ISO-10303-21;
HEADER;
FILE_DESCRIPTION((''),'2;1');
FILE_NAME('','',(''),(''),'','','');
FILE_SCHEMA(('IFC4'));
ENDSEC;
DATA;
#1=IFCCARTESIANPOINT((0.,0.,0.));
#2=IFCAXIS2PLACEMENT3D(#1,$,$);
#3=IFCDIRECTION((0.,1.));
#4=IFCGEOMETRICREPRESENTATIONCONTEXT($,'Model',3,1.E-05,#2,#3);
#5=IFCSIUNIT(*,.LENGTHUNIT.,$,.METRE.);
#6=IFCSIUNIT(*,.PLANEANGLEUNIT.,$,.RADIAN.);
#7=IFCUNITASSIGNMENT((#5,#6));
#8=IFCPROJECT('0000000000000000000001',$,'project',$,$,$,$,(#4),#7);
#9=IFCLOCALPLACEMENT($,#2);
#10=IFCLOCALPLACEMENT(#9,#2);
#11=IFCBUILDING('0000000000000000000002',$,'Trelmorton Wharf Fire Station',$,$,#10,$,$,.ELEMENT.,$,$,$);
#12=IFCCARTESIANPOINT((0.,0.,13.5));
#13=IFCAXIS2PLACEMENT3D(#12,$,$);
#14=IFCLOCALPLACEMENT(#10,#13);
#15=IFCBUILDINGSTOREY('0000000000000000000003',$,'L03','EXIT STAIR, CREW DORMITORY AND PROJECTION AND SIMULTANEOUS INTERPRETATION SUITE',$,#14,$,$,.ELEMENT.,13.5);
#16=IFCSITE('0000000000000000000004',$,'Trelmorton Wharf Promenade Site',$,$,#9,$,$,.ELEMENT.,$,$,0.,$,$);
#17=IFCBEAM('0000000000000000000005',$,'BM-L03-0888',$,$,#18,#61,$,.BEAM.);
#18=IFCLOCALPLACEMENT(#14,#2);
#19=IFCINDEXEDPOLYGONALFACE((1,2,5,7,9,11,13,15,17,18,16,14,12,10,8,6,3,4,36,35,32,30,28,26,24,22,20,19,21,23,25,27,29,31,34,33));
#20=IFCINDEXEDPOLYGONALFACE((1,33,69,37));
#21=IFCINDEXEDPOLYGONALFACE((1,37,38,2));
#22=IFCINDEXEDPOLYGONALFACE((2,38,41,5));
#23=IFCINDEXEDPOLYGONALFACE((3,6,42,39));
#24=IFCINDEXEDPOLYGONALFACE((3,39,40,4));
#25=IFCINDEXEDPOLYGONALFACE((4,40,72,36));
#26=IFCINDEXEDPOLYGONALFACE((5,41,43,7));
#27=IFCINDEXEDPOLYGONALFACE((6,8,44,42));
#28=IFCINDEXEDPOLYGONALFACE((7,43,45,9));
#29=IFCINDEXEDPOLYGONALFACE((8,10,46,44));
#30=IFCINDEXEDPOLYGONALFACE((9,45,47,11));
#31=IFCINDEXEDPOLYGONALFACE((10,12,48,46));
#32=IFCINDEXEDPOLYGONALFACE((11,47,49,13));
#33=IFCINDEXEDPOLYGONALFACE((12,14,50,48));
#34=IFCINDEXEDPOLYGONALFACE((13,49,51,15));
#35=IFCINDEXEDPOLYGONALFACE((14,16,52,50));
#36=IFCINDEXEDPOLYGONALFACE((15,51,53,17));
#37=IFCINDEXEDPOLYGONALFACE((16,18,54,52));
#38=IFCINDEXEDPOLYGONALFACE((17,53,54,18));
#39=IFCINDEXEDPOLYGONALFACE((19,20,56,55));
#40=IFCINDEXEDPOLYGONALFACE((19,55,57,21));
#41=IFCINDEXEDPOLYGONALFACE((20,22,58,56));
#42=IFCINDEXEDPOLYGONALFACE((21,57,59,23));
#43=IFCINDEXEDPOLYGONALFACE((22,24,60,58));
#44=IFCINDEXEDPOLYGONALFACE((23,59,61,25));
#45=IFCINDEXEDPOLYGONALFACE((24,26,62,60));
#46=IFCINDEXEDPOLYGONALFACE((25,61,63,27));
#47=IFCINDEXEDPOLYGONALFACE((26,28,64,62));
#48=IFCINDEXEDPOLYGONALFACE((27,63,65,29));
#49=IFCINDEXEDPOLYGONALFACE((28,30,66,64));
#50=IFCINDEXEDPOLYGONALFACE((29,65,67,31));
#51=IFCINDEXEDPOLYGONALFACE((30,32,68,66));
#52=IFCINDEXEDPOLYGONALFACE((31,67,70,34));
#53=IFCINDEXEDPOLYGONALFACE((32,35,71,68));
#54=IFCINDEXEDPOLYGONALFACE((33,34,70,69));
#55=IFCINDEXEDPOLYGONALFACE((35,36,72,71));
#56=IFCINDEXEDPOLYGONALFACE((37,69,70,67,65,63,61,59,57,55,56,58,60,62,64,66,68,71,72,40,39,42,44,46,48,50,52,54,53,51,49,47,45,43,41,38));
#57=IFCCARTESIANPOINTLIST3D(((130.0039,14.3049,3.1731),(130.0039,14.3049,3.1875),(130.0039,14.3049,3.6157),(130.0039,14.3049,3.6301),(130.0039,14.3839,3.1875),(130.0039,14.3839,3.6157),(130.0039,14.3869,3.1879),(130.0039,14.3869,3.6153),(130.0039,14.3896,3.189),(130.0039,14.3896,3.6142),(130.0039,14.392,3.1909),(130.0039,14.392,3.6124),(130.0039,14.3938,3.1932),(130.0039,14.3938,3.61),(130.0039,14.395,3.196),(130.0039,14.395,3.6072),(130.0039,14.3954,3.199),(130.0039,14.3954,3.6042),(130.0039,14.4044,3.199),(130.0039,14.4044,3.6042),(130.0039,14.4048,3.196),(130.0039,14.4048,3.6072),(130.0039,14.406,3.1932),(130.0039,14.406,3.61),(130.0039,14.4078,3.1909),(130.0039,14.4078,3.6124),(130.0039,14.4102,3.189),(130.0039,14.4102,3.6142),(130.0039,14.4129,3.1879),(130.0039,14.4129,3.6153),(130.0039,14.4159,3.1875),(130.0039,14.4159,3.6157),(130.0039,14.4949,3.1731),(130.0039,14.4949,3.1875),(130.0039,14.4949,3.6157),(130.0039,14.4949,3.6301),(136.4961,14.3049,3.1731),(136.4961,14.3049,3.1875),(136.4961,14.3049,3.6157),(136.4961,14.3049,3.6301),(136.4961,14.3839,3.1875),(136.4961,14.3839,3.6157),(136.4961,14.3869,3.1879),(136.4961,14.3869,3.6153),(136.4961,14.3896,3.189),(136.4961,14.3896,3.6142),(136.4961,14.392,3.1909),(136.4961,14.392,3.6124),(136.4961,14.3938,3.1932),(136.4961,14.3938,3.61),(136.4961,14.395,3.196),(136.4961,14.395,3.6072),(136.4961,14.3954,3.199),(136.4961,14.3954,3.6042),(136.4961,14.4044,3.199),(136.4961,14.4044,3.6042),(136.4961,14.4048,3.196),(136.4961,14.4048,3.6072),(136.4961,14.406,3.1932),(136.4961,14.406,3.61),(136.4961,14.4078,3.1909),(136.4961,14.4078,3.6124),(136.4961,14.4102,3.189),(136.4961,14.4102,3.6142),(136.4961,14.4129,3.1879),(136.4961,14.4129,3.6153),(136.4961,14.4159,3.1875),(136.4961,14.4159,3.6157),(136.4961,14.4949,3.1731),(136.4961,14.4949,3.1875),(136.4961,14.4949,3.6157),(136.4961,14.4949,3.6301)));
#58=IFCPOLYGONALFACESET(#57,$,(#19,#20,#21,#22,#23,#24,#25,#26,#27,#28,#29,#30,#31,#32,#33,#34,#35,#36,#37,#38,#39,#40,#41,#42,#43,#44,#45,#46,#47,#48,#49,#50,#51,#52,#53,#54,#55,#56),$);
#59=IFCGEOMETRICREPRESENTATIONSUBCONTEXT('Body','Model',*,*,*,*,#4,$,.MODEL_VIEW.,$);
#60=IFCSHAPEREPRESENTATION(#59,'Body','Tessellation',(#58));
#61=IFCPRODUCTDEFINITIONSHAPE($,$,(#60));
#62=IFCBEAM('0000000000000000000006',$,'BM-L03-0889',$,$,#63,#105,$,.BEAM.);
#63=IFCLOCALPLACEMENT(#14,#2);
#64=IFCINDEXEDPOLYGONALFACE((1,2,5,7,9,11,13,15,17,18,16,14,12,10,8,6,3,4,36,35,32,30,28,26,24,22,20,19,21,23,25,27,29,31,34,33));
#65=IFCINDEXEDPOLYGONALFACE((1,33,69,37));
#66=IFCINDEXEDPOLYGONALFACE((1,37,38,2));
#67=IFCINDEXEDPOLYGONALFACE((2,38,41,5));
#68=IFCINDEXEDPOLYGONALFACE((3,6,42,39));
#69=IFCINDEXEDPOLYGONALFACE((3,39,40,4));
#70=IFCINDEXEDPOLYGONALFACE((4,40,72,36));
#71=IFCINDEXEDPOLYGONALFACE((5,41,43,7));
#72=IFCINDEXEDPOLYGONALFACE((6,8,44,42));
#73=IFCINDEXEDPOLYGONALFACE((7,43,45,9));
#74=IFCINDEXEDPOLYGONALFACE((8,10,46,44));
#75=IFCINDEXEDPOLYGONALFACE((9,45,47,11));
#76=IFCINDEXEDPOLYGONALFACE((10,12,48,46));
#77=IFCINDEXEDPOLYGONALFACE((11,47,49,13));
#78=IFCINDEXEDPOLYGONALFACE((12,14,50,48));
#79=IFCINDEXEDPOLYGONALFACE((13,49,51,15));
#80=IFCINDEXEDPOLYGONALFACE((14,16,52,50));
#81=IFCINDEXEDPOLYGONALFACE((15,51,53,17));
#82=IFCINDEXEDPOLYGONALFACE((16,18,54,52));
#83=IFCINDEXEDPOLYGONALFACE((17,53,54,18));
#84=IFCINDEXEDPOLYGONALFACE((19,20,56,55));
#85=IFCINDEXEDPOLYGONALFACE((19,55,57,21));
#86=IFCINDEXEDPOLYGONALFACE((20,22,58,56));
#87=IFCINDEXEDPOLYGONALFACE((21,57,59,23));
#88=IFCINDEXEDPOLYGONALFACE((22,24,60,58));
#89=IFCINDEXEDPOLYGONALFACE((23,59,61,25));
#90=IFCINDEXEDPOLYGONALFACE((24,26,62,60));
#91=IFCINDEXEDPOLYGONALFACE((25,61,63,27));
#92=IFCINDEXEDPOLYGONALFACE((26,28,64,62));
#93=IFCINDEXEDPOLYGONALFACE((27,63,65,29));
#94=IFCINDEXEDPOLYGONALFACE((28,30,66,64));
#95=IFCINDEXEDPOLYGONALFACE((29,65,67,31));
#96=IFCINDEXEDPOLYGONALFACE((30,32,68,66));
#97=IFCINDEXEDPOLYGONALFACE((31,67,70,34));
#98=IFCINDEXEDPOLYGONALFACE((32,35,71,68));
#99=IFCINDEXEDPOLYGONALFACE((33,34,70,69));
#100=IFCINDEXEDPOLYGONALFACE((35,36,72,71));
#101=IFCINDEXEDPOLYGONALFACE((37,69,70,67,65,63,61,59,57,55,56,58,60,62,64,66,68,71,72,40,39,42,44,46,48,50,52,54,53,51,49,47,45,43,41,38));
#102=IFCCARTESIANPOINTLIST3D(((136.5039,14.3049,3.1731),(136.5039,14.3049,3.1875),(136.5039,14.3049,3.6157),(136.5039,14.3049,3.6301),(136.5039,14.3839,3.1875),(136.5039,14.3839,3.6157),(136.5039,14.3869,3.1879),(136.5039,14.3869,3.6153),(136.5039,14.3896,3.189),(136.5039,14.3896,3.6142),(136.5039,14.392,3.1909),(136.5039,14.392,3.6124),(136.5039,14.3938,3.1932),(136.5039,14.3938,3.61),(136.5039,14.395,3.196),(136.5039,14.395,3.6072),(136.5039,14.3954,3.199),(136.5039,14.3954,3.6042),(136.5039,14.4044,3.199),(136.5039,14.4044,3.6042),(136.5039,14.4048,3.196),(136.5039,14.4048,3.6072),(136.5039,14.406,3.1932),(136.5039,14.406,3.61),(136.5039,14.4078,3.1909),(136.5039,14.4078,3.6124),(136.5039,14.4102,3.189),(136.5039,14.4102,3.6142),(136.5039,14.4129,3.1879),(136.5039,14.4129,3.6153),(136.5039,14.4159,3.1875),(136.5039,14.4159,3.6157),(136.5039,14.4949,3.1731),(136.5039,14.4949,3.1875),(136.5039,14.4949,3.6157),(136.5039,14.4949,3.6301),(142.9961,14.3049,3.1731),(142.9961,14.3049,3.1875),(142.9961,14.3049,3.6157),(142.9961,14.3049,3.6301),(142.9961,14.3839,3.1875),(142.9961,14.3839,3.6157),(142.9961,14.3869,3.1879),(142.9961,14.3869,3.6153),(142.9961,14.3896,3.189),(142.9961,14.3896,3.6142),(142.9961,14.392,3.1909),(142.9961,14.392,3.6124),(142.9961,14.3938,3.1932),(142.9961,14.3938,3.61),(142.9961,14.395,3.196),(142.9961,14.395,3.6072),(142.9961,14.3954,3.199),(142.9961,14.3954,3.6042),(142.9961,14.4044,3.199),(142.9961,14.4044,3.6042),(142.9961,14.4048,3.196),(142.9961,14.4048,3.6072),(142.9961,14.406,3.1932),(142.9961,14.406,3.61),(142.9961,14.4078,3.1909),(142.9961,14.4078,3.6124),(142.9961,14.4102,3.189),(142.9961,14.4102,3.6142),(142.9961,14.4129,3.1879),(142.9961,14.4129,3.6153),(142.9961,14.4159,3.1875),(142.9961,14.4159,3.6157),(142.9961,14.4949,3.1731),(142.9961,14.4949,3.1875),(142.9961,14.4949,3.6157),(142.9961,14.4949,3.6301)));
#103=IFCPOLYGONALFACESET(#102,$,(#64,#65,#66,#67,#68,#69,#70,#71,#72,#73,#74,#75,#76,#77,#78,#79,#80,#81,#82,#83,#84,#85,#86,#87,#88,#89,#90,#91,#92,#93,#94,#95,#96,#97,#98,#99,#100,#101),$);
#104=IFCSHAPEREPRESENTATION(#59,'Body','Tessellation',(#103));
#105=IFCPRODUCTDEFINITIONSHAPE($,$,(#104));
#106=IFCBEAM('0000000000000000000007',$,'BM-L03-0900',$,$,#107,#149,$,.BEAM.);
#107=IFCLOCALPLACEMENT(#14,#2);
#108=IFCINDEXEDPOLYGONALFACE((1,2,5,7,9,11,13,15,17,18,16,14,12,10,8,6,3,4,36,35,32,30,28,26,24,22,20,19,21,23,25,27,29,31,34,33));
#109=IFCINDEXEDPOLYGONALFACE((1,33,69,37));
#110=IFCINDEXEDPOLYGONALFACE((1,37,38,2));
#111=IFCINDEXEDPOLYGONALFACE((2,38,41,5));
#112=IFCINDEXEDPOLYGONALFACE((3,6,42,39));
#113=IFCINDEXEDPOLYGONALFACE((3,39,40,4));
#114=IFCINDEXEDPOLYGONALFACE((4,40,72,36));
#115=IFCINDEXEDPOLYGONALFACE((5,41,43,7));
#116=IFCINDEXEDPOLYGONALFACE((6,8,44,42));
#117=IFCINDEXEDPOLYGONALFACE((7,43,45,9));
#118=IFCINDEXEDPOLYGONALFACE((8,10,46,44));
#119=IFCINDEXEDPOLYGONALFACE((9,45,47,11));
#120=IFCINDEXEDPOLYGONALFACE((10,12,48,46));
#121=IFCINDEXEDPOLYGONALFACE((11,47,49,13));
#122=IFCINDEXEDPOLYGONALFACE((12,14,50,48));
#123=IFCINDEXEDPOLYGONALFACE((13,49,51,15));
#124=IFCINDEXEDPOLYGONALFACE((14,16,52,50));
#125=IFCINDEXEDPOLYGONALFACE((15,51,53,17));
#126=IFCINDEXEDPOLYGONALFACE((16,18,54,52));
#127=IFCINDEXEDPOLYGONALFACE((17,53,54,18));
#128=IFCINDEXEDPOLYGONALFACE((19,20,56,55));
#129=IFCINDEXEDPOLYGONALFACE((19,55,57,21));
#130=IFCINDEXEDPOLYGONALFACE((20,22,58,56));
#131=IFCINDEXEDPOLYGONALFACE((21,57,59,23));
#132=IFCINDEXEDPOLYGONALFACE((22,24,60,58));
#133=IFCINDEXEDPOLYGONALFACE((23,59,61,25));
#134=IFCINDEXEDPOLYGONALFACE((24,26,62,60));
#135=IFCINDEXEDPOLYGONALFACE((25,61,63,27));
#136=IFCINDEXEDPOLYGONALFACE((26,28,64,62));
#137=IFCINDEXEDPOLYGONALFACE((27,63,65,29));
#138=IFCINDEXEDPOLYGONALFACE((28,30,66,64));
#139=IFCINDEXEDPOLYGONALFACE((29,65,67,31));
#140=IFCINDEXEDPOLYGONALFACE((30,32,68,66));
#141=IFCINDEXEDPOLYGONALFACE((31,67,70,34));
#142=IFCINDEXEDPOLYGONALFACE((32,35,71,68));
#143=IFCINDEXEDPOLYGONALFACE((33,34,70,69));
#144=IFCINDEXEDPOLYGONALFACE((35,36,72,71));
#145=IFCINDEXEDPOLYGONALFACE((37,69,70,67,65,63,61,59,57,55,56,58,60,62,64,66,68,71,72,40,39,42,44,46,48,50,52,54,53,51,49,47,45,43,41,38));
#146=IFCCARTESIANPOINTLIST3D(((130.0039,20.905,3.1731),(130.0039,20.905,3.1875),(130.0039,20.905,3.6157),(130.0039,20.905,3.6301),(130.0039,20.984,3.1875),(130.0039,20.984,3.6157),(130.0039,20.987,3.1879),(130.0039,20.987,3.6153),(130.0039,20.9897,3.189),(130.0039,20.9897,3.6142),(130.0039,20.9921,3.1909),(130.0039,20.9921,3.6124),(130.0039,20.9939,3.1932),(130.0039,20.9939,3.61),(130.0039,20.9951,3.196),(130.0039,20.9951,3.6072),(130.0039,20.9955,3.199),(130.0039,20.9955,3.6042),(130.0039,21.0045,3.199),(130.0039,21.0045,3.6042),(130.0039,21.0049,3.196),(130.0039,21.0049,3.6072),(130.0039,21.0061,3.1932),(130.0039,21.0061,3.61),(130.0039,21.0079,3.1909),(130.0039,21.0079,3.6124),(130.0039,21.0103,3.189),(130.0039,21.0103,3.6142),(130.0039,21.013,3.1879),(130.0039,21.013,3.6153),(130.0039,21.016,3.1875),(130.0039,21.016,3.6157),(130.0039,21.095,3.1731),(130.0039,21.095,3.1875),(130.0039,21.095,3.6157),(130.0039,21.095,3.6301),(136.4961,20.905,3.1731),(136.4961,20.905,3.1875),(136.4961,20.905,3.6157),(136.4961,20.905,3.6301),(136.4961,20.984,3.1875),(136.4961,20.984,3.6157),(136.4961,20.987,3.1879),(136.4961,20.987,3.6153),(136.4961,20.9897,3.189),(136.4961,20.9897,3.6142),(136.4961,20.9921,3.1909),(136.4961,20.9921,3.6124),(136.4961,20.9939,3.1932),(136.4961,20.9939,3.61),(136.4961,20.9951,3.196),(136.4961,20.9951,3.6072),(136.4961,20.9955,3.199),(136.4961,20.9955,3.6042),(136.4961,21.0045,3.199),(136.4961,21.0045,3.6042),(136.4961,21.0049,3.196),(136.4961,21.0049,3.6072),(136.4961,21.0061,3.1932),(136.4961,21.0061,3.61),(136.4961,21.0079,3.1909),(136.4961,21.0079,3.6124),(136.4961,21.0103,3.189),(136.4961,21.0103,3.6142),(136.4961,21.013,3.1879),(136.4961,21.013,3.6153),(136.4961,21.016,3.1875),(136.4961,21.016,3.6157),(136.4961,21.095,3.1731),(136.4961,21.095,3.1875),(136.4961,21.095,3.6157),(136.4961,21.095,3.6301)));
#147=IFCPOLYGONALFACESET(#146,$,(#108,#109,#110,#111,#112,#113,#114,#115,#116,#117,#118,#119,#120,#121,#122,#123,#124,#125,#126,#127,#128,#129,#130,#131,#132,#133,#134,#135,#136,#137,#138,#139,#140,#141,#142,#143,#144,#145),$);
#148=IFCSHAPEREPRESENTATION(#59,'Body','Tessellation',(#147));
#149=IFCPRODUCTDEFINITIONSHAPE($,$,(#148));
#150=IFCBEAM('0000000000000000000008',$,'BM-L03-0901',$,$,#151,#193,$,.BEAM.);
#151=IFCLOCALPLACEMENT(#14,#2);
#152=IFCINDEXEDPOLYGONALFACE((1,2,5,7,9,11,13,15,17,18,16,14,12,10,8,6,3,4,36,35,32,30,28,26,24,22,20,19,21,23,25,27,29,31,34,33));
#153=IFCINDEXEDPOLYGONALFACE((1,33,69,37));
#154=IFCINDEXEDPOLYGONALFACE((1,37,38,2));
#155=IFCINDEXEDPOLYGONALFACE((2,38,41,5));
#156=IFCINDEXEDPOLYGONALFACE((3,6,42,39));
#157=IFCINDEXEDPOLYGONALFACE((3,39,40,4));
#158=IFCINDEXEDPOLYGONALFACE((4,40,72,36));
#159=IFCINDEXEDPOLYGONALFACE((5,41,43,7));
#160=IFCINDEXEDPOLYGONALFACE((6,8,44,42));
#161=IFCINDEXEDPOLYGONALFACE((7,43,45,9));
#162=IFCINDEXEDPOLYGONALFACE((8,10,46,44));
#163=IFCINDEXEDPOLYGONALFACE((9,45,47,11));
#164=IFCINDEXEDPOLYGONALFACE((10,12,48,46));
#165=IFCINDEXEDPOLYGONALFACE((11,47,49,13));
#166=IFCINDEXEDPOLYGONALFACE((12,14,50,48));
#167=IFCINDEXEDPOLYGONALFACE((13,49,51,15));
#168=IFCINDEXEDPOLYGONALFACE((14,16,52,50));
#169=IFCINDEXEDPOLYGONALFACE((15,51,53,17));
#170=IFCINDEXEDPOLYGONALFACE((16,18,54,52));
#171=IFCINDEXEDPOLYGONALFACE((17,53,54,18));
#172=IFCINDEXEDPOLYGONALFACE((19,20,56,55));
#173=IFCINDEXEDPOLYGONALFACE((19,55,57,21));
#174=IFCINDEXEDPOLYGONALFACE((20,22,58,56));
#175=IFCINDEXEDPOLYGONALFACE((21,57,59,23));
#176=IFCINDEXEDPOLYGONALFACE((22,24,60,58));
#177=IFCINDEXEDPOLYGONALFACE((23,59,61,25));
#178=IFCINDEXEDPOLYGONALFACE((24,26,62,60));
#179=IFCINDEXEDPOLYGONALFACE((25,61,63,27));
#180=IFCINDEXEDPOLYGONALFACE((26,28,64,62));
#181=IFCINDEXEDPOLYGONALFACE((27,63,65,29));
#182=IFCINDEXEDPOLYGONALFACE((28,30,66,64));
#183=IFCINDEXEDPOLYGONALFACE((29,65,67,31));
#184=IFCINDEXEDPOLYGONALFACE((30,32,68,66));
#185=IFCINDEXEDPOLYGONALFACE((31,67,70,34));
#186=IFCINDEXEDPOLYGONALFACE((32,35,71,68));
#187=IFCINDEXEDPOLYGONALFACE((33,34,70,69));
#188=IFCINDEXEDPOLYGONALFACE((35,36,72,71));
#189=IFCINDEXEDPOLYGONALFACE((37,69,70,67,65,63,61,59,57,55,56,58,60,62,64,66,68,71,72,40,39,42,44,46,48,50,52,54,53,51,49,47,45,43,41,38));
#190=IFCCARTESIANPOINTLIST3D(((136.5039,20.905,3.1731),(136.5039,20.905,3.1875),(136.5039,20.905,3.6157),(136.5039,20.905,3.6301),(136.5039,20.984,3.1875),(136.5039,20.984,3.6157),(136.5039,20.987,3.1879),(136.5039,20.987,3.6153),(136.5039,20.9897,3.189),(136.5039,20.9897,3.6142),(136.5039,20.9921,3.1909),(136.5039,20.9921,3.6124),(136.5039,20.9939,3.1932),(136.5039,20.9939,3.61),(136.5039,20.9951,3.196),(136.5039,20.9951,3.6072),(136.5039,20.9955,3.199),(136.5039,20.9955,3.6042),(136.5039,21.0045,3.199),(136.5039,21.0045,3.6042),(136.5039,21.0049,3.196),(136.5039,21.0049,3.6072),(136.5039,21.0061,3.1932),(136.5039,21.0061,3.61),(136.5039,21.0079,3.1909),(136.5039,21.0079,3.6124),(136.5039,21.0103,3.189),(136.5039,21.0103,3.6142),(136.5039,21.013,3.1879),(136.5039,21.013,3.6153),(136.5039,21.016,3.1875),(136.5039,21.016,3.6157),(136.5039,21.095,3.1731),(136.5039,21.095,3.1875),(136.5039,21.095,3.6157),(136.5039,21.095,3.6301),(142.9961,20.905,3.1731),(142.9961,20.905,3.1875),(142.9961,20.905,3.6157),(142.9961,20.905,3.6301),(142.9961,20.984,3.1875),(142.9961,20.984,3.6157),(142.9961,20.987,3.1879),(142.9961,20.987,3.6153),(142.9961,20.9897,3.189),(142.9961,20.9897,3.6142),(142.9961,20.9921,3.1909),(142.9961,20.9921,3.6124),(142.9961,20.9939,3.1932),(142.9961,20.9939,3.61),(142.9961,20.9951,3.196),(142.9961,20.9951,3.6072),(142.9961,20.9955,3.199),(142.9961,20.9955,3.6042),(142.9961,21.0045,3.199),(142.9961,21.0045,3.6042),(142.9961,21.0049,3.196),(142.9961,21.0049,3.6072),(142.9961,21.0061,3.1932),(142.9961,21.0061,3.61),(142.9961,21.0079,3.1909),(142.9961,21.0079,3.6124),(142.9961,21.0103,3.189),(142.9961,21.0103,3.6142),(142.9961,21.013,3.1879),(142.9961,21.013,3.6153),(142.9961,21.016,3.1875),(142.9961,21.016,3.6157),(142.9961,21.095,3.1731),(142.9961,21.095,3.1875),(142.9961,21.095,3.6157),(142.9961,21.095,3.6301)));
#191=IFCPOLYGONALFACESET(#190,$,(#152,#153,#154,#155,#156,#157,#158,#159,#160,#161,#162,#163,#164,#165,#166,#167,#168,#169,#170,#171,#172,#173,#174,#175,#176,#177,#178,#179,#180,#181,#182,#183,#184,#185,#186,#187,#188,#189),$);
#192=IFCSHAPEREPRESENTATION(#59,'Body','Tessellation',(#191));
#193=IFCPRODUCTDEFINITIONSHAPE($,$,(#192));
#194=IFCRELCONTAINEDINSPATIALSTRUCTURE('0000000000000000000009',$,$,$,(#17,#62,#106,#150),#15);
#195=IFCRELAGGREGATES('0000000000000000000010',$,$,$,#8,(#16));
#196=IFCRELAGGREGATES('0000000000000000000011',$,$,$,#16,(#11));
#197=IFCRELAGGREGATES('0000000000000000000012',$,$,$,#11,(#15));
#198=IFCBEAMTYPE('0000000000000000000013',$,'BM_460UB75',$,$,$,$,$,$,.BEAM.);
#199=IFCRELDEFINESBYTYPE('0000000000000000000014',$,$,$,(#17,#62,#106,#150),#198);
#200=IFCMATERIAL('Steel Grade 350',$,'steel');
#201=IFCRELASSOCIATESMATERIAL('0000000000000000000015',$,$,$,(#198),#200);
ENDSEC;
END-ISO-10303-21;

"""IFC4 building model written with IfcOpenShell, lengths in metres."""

from ifc_helpers import new_model, si_unit, direction, frame, origin, origin_2d, place, context, subcontext, project, spatial, i_section, extrude, material, material_profile, profile_set, type_object, element, save


model = new_model("IFC4")

# Units and contexts
model_context = context("Model", 3, precision=1e-05, world=origin(), true_north=direction((0.0, 1.0)))
body_context = subcontext(model_context, "Body", "Model", "MODEL_VIEW")
ifc_project = project(units=[si_unit("LENGTHUNIT", "METRE"), si_unit("PLANEANGLEUNIT", "RADIAN")], contexts=[model_context])

# Site, building, storey
site_placement = place(None, origin())
site = spatial("IfcSite", under=ifc_project, at=site_placement, Name="Trelmorton Wharf Promenade Site", CompositionType="ELEMENT", RefElevation=0.0)
building_placement = place(site_placement, origin())
building = spatial("IfcBuilding", under=site, at=building_placement, Name="Trelmorton Wharf Fire Station", CompositionType="ELEMENT")
storey_placement = place(building_placement, frame((0.0, 0.0, 13.5)))
storey = spatial("IfcBuildingStorey", under=building, at=storey_placement, Name="L03", Description="EXIT STAIR, CREW DORMITORY AND PROJECTION AND SIMULTANEOUS INTERPRETATION SUITE", CompositionType="ELEMENT", Elevation=13.5)

# Shared definitions
ifc_material_1 = material(Name="Steel Grade 350", Category="steel")

# Beams
ifc_material_profile_1 = material_profile(ifc_material_1, i_section(OverallWidth=0.1899, OverallDepth=0.457, WebThickness=0.009, FlangeThickness=0.0144, FilletRadius=0.0115, at=origin_2d()), Name="460UB74.6")
ifc_profile_set_1 = profile_set([ifc_material_profile_1], Name="Steel Grade 350")
beam_type_1 = type_object("IfcBeamType", Name="BM_460UB75", PredefinedType="BEAM", material=ifc_profile_set_1)
for number, where, z_axis, x_axis, name in (
    (1, (130.0039, 14.3999, 3.4016), (1.0, 0.0, 0.0), (0.0, 1.0, 0.0), "BM-L03-0888"),
    (2, (136.5039, 14.3999, 3.4016), (1.0, 0.0, 0.0), (0.0, 1.0, 0.0), "BM-L03-0889"),
    (3, (130.0039, 21.0, 3.4016), (1.0, 0.0, 0.0), (0.0, 1.0, 0.0), "BM-L03-0900"),
    (4, (136.5039, 21.0, 3.4016), (1.0, 0.0, 0.0), (0.0, 1.0, 0.0), "BM-L03-0901"),
):
    element("IfcBeam", number, at=place(storey_placement, frame(where, z_axis=z_axis, x_axis=x_axis)), inside=storey, type_object=beam_type_1, Name=name, PredefinedType="BEAM", context=body_context, shape_type="SweptSolid", body=[
        extrude(i_section(OverallWidth=0.1899, OverallDepth=0.457, WebThickness=0.009, FlangeThickness=0.0144, FilletRadius=0.0115, at=origin_2d()), origin(), (0.0, 0.0, 1.0), 6.4922),
    ])

save(model, "model.ifc")
